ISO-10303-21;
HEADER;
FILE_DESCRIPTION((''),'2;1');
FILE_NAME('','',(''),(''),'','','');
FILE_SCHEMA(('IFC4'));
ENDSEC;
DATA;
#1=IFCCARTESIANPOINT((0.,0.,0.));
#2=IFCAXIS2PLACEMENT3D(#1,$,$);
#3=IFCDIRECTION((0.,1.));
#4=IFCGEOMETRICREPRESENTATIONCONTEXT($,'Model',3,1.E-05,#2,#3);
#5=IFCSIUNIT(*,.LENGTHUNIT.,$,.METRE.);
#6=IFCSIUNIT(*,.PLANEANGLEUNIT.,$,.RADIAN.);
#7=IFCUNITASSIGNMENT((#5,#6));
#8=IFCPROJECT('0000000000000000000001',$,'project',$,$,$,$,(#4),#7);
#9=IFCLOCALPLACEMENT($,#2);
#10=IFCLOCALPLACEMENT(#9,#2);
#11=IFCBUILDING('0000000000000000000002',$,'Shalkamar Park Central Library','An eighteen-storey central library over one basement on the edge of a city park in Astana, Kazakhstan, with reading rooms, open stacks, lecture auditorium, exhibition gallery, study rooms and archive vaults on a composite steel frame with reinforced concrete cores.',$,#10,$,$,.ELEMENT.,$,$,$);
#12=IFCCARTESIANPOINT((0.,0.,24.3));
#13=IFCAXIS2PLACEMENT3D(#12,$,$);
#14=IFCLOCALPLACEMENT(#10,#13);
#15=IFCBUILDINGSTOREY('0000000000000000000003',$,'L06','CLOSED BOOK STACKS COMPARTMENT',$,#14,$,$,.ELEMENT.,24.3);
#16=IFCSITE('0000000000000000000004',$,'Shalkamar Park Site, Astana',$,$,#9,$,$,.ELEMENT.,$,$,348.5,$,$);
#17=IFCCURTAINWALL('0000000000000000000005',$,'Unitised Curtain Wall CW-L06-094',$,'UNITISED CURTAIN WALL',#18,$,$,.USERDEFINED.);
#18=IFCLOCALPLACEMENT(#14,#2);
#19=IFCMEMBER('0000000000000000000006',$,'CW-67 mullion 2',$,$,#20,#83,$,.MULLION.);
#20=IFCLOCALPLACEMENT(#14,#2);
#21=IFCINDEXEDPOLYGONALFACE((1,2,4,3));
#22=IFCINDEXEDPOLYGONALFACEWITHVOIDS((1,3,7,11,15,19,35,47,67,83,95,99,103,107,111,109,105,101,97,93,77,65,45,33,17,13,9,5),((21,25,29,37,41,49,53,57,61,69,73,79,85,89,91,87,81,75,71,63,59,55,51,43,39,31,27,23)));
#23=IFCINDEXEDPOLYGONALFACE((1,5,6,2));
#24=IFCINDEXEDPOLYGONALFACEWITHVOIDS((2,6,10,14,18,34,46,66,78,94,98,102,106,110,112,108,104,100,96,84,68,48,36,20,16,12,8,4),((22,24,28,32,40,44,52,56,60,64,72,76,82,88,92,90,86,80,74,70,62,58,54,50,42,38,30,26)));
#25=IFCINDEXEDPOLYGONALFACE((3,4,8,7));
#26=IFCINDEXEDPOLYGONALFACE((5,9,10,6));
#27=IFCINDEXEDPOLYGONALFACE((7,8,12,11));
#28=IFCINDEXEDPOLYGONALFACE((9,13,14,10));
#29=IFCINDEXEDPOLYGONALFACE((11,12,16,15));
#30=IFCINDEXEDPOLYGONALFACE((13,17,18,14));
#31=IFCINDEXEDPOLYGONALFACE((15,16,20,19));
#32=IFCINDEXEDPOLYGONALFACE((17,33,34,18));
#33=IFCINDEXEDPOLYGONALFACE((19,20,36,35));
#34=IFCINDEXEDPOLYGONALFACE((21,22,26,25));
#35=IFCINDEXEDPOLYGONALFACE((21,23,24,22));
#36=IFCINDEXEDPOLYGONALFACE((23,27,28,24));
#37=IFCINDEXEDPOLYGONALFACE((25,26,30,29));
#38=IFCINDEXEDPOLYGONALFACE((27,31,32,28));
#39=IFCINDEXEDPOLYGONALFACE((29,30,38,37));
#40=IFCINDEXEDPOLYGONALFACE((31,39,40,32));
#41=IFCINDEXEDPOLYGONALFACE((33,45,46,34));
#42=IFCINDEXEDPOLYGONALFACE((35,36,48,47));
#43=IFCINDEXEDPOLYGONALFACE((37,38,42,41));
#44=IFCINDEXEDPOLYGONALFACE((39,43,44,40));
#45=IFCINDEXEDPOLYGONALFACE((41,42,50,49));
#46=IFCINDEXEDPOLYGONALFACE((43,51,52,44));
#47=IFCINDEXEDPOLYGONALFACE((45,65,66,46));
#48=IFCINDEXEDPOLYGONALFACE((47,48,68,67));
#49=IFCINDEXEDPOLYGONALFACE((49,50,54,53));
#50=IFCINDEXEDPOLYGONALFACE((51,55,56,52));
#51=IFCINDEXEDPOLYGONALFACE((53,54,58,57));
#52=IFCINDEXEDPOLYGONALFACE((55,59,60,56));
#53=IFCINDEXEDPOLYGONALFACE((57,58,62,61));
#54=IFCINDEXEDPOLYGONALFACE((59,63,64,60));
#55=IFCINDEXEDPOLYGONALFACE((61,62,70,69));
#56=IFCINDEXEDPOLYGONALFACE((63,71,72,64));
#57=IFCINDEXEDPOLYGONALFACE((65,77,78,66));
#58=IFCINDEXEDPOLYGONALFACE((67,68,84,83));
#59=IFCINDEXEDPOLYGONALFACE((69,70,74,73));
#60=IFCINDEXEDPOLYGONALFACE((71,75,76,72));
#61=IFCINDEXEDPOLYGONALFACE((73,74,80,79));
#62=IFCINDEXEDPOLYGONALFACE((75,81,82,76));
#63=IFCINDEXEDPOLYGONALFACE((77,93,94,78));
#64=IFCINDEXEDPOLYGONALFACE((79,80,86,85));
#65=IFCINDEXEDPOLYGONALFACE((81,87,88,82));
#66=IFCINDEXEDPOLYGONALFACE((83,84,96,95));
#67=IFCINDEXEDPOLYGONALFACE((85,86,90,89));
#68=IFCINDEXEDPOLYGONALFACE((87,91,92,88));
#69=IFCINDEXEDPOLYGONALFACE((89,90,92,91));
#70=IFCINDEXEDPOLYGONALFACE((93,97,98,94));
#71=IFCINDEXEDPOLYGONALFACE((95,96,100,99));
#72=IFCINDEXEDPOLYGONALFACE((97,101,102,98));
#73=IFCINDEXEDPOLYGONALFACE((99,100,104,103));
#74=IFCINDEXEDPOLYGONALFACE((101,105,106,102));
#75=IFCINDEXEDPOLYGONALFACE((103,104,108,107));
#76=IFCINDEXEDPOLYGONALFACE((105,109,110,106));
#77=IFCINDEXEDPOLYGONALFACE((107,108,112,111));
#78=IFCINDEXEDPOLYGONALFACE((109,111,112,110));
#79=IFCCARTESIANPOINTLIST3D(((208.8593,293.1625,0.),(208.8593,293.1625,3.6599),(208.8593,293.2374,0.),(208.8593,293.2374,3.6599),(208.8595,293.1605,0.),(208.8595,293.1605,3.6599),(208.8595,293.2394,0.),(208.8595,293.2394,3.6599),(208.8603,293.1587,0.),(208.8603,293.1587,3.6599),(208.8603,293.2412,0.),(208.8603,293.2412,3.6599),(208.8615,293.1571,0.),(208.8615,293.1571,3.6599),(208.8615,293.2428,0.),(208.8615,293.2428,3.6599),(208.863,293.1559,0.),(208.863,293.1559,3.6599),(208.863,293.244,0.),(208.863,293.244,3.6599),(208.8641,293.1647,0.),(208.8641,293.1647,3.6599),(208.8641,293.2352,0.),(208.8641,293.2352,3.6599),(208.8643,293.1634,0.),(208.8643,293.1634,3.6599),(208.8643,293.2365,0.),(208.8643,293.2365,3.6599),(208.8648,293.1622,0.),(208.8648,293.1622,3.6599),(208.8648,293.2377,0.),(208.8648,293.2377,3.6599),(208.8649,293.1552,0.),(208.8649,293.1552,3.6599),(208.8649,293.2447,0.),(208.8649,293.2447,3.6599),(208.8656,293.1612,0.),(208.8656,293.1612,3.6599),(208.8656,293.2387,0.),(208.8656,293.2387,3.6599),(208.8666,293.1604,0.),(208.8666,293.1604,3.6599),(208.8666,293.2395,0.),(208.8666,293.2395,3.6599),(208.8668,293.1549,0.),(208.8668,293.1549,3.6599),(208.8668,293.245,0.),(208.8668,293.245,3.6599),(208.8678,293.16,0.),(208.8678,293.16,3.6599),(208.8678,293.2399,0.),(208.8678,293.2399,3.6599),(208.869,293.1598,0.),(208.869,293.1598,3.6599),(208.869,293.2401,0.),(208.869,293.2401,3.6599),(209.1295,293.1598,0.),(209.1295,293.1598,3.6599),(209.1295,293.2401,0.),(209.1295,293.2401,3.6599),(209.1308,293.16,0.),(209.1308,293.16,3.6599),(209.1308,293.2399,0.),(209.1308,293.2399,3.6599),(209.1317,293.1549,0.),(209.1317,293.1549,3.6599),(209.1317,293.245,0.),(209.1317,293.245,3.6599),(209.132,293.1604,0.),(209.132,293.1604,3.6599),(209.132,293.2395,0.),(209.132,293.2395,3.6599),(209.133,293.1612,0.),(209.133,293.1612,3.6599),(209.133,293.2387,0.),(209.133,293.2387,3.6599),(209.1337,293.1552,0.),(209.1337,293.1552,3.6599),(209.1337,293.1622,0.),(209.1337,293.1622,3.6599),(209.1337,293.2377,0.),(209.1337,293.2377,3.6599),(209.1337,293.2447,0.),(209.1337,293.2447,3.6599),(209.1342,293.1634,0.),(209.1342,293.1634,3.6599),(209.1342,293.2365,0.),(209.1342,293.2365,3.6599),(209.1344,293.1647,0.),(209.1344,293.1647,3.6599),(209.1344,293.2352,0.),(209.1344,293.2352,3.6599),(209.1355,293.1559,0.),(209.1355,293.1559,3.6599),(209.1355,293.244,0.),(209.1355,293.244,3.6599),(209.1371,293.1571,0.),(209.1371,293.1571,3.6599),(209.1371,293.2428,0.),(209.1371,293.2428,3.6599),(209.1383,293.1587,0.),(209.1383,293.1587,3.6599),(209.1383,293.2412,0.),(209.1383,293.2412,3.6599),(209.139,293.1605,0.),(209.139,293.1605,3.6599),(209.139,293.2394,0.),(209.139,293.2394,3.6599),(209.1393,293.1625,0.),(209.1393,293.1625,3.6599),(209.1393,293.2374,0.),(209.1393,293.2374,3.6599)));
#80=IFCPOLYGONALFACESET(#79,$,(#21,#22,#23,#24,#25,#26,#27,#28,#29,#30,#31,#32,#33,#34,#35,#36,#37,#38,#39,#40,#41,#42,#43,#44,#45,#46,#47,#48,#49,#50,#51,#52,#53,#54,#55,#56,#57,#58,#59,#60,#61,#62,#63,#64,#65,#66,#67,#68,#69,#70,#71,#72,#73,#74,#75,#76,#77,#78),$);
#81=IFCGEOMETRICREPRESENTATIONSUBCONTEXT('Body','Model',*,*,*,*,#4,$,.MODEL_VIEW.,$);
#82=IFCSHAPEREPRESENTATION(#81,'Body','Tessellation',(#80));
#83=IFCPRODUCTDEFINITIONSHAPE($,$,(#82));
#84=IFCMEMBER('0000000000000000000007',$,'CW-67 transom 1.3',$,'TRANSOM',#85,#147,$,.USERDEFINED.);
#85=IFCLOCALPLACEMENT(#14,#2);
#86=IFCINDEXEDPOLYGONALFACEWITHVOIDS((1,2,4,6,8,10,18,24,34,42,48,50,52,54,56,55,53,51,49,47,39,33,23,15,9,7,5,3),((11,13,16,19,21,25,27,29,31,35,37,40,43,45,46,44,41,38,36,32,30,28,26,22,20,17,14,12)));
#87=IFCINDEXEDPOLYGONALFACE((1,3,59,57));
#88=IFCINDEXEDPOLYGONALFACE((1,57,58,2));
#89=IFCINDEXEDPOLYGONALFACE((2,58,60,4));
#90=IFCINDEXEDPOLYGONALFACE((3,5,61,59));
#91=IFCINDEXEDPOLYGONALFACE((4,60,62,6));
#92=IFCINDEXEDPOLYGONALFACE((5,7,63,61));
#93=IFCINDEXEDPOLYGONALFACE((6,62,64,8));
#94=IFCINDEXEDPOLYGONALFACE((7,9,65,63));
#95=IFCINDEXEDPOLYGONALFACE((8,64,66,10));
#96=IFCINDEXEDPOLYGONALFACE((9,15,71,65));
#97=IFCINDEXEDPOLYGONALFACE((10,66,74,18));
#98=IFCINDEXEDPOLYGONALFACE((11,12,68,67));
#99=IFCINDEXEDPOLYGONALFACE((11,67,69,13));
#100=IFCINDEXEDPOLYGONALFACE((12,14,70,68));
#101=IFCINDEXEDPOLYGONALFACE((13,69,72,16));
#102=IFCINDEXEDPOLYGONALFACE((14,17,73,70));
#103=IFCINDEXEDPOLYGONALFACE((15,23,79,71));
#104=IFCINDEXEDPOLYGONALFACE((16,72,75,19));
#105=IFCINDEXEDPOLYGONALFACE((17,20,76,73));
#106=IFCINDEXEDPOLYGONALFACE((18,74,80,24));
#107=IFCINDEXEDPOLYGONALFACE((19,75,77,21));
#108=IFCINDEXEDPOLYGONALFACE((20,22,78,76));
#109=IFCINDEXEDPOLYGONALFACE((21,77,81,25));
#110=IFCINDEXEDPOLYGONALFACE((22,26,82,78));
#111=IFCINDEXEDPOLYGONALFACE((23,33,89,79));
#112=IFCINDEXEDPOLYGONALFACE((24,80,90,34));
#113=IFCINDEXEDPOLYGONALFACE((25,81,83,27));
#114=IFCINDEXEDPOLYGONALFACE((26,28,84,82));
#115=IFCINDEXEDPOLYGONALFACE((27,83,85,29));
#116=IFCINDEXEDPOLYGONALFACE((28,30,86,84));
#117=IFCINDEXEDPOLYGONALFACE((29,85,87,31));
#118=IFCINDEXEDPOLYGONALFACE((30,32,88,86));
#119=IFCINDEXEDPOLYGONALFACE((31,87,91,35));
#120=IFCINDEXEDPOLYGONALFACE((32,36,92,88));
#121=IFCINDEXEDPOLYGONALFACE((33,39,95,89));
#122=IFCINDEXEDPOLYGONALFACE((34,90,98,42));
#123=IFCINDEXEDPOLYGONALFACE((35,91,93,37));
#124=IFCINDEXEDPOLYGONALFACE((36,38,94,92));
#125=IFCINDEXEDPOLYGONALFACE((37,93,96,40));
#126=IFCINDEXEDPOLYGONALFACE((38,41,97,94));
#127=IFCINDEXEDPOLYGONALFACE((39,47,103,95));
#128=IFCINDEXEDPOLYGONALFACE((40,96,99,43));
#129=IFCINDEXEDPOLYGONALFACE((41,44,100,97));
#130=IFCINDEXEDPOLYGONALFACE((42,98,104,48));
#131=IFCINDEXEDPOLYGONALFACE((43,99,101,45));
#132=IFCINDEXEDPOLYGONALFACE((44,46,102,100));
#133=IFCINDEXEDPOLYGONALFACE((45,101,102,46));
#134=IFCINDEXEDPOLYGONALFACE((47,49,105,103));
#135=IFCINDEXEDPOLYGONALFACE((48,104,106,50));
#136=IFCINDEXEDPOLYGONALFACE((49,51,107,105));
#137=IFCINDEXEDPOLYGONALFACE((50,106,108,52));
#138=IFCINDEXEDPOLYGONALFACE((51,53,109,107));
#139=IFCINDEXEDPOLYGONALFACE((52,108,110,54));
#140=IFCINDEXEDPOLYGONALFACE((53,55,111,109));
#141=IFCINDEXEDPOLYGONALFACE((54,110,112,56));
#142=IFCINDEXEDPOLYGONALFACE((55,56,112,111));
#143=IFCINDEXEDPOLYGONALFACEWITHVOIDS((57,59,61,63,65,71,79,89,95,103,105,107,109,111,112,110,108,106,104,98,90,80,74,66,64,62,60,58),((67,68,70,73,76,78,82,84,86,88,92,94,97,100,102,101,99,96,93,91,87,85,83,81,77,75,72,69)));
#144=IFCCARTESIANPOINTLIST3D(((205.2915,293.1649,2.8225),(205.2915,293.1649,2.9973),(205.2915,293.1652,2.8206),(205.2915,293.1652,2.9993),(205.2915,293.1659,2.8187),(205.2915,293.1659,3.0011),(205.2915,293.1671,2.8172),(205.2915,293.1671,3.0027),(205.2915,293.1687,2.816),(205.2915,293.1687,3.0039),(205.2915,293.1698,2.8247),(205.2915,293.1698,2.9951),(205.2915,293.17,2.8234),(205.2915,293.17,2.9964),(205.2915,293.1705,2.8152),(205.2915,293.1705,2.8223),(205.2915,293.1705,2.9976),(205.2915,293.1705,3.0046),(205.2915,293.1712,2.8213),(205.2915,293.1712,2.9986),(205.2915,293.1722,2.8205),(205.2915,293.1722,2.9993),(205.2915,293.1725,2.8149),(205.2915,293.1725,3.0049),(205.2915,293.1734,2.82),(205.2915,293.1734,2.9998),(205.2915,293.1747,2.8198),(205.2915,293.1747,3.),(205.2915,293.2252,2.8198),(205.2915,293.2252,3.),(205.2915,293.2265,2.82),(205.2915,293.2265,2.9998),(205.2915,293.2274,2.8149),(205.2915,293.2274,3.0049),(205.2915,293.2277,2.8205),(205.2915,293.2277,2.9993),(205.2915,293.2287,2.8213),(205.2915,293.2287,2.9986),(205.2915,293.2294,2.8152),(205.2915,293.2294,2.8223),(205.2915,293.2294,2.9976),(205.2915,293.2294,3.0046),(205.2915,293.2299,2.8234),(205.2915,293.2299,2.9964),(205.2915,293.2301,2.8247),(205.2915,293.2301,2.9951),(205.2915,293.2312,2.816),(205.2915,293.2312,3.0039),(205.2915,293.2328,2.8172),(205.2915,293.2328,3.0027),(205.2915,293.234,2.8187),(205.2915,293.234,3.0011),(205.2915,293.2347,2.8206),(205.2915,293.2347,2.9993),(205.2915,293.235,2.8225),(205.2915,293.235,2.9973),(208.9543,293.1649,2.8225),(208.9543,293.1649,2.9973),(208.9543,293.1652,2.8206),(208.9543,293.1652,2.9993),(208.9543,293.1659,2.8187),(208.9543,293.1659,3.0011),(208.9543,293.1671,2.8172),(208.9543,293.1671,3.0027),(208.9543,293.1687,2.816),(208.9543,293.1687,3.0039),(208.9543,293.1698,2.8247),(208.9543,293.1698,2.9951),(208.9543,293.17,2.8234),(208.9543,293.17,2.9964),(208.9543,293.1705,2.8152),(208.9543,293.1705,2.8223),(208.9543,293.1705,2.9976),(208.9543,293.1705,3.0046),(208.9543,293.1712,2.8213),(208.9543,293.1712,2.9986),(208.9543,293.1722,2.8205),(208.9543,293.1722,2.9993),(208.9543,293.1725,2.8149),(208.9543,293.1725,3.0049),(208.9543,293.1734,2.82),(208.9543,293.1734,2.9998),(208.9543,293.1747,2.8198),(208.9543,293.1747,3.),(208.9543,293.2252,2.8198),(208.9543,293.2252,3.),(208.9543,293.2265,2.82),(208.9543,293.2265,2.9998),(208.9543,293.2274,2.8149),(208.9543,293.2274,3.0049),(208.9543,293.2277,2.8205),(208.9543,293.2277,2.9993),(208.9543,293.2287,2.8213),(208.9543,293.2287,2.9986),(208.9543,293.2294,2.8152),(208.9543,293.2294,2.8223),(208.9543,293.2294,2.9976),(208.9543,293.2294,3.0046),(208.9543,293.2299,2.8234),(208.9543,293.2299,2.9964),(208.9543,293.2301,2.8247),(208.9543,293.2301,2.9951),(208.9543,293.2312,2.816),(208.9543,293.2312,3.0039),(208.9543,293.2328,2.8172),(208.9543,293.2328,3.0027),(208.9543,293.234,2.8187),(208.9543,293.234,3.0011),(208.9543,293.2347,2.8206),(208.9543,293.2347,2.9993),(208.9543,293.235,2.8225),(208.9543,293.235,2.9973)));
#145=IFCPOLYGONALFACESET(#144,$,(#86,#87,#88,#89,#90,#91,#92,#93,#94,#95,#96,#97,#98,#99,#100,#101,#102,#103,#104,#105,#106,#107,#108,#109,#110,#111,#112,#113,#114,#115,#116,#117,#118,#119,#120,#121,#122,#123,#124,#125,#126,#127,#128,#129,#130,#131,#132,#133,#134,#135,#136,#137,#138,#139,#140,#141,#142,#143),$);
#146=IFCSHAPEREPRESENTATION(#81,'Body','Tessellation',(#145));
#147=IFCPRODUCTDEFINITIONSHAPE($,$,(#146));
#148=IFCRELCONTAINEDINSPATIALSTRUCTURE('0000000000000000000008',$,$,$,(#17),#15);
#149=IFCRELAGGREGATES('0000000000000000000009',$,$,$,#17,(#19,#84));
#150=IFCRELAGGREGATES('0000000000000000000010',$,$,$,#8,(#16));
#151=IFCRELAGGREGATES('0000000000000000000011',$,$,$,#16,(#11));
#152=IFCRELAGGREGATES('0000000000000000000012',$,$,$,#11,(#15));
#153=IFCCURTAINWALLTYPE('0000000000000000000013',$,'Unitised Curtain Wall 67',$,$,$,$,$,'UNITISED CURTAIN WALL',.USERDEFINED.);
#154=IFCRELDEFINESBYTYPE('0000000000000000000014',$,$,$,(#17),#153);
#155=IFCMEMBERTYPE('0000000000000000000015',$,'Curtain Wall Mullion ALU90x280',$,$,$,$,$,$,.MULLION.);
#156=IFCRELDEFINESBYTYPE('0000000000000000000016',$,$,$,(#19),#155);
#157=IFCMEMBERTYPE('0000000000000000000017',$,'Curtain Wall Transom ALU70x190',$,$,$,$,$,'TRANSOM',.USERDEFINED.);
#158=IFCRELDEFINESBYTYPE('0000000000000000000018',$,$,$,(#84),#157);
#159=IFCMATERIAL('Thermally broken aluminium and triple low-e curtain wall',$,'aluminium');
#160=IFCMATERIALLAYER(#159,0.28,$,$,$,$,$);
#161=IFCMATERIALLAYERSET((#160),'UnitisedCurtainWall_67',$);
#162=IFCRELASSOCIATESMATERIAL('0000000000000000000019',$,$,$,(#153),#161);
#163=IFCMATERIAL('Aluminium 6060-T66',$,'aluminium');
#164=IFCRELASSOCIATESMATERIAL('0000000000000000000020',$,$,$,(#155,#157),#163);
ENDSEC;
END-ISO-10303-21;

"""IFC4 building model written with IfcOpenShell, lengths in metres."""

from ifc_helpers import new_model, si_unit, direction, frame, origin, origin_2d, place, context, subcontext, project, spatial, hollow_rectangle, extrude, material, layer, layer_set, material_profile, profile_set, type_object, element, aggregate, save


model = new_model("IFC4")

# Units and contexts
model_context = context("Model", 3, precision=1e-05, world=origin(), true_north=direction((0.0, 1.0)))
body_context = subcontext(model_context, "Body", "Model", "MODEL_VIEW")
ifc_project = project(units=[si_unit("LENGTHUNIT", "METRE"), si_unit("PLANEANGLEUNIT", "RADIAN")], contexts=[model_context])

# Site, building, storey
site_placement = place(None, origin())
site = spatial("IfcSite", under=ifc_project, at=site_placement, Name="Shalkamar Park Site, Astana", CompositionType="ELEMENT", RefElevation=348.5)
building_placement = place(site_placement, origin())
building = spatial("IfcBuilding", under=site, at=building_placement, Name="Shalkamar Park Central Library", Description="An eighteen-storey central library over one basement on the edge of a city park in Astana, Kazakhstan, with reading rooms, open stacks, lecture auditorium, exhibition gallery, study rooms and archive vaults on a composite steel frame with reinforced concrete cores.", CompositionType="ELEMENT")
storey_placement = place(building_placement, frame((0.0, 0.0, 24.3)))
storey = spatial("IfcBuildingStorey", under=building, at=storey_placement, Name="L06", Description="CLOSED BOOK STACKS COMPARTMENT", CompositionType="ELEMENT", Elevation=24.3)

# Curtain wall, members
ifc_material_1 = material(Name="Thermally broken aluminium and triple low-e curtain wall", Category="aluminium")
ifc_layer_1 = layer(ifc_material_1, 0.28)
ifc_layer_set_1 = layer_set([ifc_layer_1], Name="UnitisedCurtainWall_67")
curtain_wall_type = type_object("IfcCurtainWallType", Name="Unitised Curtain Wall 67", ElementType="UNITISED CURTAIN WALL", PredefinedType="USERDEFINED", material=ifc_layer_set_1)
curtain_wall_placement = place(storey_placement, origin())
curtain_wall = element("IfcCurtainWall", 1, at=curtain_wall_placement, inside=storey, type_object=curtain_wall_type, Name="Unitised Curtain Wall CW-L06-094", ObjectType="UNITISED CURTAIN WALL", PredefinedType="USERDEFINED")
ifc_material_2 = material(Name="Aluminium 6060-T66", Category="aluminium")
ifc_material_profile_1 = material_profile(ifc_material_2, hollow_rectangle(XDim=0.0901, YDim=0.28, WallThickness=0.0049, InnerFilletRadius=0.0049, OuterFilletRadius=0.0076, at=origin_2d()), Name="ALU 90x280x5")
ifc_profile_set_1 = profile_set([ifc_material_profile_1], Name="Aluminium 6060-T66")
member_type_1 = type_object("IfcMemberType", Name="Curtain Wall Mullion ALU90x280", PredefinedType="MULLION", material=ifc_profile_set_1)
member_1_placement = place(storey_placement, frame((208.9993, 293.2, 0.0), z_axis=(0.0, 0.0, 1.0), x_axis=(0.0, 1.0, 0.0)))
member_1 = element("IfcMember", 2, at=member_1_placement, type_object=member_type_1, Name="CW-67 mullion 2", PredefinedType="MULLION", context=body_context, shape_type="SweptSolid", body=[
    extrude(hollow_rectangle(XDim=0.0901, YDim=0.28, WallThickness=0.0049, InnerFilletRadius=0.0049, OuterFilletRadius=0.0076, at=origin_2d()), origin(), (0.0, 0.0, 1.0), 3.6599),
])
ifc_material_profile_2 = material_profile(ifc_material_2, hollow_rectangle(XDim=0.0701, YDim=0.1899, WallThickness=0.0049, InnerFilletRadius=0.0049, OuterFilletRadius=0.0076, at=origin_2d()), Name="ALU 70x190x5")
ifc_profile_set_2 = profile_set([ifc_material_profile_2], Name="Aluminium 6060-T66")
member_type_2 = type_object("IfcMemberType", Name="Curtain Wall Transom ALU70x190", ElementType="TRANSOM", PredefinedType="USERDEFINED", material=ifc_profile_set_2)
member_2_placement = place(storey_placement, frame((205.2915, 293.2, 2.9099), z_axis=(1.0, 0.0, 0.0), x_axis=(0.0, 1.0, 0.0)))
member_2 = element("IfcMember", 3, at=member_2_placement, type_object=member_type_2, Name="CW-67 transom 1.3", ObjectType="TRANSOM", PredefinedType="USERDEFINED", context=body_context, shape_type="SweptSolid", body=[
    extrude(hollow_rectangle(XDim=0.0701, YDim=0.1899, WallThickness=0.0049, InnerFilletRadius=0.0049, OuterFilletRadius=0.0076, at=origin_2d()), origin(), (0.0, 0.0, 1.0), 3.6628),
])

aggregate(curtain_wall, [member_1, member_2])

save(model, "model.ifc")
